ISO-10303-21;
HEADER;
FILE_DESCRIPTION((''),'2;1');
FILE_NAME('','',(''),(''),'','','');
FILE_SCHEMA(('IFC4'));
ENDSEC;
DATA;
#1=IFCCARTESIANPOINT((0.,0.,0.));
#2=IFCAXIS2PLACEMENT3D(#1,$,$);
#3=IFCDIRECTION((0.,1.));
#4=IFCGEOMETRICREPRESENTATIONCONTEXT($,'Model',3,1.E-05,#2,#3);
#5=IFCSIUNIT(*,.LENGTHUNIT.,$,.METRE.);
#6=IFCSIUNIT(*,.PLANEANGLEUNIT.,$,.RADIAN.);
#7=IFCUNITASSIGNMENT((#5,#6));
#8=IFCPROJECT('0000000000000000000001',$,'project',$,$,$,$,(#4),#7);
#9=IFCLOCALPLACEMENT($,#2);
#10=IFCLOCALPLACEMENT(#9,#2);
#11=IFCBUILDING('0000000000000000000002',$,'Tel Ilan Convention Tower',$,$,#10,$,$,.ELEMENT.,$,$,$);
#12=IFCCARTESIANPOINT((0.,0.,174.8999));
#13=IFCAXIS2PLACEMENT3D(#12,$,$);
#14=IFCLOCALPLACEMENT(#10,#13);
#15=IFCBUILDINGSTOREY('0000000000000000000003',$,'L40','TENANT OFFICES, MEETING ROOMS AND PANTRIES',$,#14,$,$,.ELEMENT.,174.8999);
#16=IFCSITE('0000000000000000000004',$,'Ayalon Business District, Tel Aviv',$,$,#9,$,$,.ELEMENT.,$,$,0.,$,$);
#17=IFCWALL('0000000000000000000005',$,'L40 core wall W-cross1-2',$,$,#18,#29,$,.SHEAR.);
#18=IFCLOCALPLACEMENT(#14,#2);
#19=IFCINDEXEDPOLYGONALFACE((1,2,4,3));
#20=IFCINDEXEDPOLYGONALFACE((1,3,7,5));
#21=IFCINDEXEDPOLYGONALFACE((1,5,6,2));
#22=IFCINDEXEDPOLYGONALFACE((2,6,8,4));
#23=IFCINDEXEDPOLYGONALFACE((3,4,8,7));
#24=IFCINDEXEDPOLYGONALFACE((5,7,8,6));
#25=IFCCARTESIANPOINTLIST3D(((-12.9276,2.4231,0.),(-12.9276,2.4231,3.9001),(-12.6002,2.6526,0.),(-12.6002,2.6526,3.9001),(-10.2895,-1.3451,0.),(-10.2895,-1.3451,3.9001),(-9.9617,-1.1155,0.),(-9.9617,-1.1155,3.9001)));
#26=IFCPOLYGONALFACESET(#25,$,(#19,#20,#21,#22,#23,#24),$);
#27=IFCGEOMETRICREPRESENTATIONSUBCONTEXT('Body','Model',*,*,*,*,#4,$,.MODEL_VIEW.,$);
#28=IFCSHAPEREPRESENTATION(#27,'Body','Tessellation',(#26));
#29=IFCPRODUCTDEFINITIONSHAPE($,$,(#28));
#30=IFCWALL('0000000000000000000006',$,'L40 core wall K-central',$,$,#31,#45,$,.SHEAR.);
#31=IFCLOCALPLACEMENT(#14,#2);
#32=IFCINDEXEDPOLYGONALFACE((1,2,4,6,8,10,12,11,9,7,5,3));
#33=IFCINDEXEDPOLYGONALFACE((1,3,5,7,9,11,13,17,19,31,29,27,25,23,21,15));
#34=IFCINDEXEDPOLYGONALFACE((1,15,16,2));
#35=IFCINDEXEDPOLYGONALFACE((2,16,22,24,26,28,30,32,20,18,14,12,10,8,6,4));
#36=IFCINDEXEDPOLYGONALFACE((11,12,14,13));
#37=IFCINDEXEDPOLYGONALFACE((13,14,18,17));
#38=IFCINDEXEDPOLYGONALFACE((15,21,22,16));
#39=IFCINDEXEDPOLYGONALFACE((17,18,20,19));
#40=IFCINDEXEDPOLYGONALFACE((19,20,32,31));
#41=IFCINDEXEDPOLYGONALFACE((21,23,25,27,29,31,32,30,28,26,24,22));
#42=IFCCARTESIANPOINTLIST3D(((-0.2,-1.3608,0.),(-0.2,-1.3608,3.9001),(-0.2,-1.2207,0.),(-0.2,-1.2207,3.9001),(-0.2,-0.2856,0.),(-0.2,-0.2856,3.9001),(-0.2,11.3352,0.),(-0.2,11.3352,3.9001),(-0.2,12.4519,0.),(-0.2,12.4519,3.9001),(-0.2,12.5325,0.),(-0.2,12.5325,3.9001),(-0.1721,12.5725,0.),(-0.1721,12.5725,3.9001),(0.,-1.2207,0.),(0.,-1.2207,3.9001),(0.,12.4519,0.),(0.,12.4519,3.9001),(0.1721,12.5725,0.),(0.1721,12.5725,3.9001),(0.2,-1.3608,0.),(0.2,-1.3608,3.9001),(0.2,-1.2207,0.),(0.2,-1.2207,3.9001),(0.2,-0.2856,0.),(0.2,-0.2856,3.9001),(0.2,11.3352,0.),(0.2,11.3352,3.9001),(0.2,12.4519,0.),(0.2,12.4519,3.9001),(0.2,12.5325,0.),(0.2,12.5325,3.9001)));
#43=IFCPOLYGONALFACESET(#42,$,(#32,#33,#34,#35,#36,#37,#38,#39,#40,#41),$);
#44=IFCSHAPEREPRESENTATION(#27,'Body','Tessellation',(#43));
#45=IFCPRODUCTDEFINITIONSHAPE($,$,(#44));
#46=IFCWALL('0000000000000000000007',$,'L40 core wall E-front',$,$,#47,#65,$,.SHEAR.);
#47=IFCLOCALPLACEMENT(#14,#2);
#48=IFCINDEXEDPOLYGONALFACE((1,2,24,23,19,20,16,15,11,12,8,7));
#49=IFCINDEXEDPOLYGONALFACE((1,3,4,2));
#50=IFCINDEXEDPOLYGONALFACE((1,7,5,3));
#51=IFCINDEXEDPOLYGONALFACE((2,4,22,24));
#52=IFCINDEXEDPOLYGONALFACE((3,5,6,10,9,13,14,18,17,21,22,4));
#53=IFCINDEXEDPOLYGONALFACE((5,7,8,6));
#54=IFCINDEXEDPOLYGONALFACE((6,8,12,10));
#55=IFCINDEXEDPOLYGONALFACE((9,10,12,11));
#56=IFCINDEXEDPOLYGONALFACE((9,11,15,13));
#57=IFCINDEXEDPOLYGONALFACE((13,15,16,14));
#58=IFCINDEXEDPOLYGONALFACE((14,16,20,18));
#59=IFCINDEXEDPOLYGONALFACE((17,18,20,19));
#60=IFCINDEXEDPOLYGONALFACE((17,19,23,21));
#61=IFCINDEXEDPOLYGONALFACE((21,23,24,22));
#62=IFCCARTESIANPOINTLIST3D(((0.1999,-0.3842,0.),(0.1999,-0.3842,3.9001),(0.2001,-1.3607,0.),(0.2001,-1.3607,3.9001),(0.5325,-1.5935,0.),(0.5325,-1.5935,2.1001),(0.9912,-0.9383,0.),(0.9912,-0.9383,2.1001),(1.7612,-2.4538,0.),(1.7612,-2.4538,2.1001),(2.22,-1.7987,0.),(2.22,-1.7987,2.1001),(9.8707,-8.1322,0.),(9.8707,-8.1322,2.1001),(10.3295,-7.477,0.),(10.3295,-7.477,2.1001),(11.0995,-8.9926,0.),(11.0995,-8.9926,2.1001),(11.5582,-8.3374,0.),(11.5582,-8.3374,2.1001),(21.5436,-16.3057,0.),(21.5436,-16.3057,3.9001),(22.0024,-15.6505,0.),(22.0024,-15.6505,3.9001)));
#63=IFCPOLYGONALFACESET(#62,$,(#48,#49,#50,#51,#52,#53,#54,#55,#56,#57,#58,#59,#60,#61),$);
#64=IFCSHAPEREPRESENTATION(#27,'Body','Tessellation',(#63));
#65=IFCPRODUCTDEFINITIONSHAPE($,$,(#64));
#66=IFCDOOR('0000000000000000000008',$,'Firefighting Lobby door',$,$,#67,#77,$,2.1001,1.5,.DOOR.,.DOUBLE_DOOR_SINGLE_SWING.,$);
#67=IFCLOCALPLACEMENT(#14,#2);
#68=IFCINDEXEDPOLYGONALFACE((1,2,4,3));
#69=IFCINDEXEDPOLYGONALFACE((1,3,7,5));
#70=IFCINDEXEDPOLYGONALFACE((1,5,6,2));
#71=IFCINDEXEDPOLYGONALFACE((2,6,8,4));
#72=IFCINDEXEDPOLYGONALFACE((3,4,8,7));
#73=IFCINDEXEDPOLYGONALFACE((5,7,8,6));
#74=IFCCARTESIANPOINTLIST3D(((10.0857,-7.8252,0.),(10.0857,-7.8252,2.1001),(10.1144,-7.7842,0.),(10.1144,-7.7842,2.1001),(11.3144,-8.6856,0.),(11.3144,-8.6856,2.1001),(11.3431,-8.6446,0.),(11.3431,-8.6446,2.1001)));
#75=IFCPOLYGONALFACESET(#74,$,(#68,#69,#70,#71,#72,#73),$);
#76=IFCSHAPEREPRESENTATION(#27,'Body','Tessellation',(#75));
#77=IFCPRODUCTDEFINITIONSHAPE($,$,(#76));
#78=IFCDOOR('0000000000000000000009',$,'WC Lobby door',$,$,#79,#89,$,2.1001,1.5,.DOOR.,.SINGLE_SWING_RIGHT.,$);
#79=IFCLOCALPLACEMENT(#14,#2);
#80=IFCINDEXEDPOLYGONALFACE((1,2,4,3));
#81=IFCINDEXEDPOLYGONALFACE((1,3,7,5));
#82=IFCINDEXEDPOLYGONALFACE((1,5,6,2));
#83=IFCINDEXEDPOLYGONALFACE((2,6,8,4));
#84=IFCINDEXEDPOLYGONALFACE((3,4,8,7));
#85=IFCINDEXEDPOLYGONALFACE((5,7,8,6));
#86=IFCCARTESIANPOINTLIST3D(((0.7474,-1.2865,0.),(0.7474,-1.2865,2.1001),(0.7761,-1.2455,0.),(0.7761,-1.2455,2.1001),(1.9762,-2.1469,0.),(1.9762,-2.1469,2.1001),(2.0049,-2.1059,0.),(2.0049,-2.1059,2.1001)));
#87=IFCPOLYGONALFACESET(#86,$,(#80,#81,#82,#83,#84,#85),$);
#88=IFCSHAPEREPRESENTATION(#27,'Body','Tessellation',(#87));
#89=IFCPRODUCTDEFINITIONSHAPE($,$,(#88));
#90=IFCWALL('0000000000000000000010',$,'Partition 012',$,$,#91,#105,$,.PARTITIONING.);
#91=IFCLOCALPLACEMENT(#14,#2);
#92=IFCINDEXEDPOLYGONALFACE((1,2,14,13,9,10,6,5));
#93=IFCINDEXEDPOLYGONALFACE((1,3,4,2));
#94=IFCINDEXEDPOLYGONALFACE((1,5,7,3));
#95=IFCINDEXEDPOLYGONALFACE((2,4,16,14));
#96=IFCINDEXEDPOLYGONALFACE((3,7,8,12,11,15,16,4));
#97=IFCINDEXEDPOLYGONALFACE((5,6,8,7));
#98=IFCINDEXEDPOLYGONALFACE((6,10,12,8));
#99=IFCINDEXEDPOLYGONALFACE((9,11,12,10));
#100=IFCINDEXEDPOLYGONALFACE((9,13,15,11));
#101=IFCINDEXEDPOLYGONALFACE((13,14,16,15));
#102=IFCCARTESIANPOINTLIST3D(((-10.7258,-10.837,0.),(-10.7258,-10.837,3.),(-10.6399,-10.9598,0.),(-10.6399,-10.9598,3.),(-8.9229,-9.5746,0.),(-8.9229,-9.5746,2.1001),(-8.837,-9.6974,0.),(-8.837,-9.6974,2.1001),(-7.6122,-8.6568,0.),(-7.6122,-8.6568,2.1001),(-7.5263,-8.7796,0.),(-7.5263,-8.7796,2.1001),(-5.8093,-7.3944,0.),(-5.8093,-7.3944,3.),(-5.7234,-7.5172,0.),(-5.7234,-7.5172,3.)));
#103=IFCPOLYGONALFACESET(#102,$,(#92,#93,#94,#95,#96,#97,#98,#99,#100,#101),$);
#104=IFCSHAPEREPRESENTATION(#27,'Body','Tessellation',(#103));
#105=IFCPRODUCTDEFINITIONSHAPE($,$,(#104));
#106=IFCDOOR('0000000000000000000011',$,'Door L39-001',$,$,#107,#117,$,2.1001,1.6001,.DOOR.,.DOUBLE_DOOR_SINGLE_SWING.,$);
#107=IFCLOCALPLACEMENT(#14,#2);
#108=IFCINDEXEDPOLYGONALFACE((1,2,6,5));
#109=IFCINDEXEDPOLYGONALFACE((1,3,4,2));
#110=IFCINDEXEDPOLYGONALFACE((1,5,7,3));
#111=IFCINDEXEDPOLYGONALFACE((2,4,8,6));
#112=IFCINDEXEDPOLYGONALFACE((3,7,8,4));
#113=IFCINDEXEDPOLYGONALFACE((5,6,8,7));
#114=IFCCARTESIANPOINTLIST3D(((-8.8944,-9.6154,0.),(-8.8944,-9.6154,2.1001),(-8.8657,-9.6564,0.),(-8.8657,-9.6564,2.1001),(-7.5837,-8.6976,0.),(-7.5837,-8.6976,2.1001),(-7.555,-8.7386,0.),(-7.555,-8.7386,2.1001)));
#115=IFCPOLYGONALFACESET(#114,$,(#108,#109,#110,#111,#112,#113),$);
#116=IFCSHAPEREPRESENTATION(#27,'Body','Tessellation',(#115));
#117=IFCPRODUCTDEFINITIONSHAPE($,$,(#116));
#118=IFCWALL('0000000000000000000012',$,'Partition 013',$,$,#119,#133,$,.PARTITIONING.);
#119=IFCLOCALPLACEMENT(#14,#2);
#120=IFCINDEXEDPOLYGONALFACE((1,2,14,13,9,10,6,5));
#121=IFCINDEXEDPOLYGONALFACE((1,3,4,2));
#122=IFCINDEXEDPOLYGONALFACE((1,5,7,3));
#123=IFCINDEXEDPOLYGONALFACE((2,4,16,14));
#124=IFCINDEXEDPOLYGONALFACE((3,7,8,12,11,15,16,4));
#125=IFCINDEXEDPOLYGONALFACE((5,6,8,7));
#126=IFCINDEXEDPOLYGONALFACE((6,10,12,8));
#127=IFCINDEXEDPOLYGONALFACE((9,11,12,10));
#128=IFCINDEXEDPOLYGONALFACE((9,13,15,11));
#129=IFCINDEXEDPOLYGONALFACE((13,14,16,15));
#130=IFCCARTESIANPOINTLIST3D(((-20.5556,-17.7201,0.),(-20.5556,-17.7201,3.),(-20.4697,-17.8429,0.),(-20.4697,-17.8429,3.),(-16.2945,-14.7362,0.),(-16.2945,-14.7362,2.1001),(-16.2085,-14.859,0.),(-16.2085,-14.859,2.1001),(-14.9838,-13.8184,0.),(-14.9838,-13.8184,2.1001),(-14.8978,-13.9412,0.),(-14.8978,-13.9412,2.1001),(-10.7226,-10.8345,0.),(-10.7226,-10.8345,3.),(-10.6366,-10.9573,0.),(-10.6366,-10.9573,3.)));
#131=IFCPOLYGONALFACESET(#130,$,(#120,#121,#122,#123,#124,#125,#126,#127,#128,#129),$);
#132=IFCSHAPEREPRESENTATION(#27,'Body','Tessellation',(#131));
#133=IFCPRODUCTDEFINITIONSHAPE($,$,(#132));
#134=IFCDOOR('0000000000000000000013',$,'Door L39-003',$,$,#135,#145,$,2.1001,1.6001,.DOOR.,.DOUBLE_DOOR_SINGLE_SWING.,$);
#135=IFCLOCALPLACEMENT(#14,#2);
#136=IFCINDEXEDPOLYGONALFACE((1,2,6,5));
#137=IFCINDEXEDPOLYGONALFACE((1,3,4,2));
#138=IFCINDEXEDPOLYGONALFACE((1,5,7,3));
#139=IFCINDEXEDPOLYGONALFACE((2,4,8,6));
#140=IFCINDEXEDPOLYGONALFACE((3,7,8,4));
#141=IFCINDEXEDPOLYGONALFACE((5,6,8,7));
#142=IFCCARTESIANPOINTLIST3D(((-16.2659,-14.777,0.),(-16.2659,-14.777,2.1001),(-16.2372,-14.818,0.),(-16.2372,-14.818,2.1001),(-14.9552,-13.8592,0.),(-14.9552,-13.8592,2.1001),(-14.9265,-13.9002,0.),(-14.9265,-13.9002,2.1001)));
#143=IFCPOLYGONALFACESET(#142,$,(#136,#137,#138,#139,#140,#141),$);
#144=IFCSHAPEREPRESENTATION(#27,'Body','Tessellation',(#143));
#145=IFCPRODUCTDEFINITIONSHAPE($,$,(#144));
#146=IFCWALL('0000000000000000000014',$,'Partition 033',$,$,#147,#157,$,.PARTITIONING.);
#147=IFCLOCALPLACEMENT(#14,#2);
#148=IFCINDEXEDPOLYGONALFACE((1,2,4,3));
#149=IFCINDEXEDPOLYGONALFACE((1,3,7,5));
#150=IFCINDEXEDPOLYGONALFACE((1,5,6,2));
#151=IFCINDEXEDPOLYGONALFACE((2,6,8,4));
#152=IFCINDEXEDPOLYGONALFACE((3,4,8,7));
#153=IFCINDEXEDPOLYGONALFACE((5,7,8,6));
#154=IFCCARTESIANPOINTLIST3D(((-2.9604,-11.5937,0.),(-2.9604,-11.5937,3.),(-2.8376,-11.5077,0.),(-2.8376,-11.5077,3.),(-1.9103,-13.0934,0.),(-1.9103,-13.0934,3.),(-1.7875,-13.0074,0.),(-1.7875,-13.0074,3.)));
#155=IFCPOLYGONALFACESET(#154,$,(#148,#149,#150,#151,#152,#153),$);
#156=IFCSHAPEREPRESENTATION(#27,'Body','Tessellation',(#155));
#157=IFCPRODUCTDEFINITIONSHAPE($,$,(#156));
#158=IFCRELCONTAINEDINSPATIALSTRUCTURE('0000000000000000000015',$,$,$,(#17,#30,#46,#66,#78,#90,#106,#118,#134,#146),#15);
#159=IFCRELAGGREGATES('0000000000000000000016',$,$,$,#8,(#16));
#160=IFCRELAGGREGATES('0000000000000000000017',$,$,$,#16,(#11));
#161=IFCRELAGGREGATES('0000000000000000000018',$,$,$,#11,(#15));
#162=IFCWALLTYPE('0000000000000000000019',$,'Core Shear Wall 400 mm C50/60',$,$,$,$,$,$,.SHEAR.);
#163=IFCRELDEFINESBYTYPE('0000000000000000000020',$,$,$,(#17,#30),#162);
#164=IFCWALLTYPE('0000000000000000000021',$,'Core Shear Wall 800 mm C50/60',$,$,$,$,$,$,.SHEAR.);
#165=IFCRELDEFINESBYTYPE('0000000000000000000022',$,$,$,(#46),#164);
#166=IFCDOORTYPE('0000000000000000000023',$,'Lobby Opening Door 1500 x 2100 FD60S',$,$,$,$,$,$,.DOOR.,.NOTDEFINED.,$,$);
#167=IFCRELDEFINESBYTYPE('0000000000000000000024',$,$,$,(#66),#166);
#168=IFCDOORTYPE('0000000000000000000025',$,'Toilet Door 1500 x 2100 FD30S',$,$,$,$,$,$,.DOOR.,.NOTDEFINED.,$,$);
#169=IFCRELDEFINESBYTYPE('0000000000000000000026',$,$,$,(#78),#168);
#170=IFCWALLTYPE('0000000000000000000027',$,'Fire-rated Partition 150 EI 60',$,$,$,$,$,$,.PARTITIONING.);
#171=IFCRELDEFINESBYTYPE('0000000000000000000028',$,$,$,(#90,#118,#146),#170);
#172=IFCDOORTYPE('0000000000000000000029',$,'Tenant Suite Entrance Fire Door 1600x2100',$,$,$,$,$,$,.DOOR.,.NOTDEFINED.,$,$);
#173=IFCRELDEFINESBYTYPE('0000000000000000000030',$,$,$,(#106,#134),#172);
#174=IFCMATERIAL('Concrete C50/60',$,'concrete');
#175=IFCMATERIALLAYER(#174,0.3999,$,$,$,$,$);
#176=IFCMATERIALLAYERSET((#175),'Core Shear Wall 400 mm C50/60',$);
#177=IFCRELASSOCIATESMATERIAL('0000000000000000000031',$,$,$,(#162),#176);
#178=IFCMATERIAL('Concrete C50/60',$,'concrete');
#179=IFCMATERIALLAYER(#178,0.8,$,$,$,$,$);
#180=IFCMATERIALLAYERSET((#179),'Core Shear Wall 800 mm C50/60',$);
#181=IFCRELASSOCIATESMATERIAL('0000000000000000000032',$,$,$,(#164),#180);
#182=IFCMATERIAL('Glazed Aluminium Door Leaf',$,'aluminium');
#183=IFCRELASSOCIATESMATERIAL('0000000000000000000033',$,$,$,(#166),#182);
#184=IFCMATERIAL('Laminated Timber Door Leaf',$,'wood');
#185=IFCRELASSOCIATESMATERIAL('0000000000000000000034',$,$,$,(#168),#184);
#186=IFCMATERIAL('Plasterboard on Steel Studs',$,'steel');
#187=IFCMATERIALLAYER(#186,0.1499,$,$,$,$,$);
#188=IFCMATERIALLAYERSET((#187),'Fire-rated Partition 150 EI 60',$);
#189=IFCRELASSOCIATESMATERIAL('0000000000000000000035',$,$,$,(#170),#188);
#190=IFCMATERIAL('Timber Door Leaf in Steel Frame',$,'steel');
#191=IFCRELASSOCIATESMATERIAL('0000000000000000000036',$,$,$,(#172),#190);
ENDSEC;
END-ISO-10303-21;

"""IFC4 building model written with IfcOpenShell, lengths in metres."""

from ifc_helpers import new_model, si_unit, direction, frame, frame_2d, origin, place, context, subcontext, project, spatial, polyline, rectangle, outline, extrude, material, layer, layer_set, type_object, element, fill, save


model = new_model("IFC4")

# Units and contexts
model_context = context("Model", 3, precision=1e-05, world=origin(), true_north=direction((0.0, 1.0)))
body_context = subcontext(model_context, "Body", "Model", "MODEL_VIEW")
ifc_project = project(units=[si_unit("LENGTHUNIT", "METRE"), si_unit("PLANEANGLEUNIT", "RADIAN")], contexts=[model_context])

# Site, building, storey
site_placement = place(None, origin())
site = spatial("IfcSite", under=ifc_project, at=site_placement, Name="Ayalon Business District, Tel Aviv", CompositionType="ELEMENT", RefElevation=0.0)
building_placement = place(site_placement, origin())
building = spatial("IfcBuilding", under=site, at=building_placement, Name="Tel Ilan Convention Tower", CompositionType="ELEMENT")
storey_placement = place(building_placement, frame((0.0, 0.0, 174.8999)))
storey = spatial("IfcBuildingStorey", under=building, at=storey_placement, Name="L40", Description="TENANT OFFICES, MEETING ROOMS AND PANTRIES", CompositionType="ELEMENT", Elevation=174.8999)

# Walls
ifc_material_1 = material(Name="Concrete C50/60", Category="concrete")
ifc_layer_1 = layer(ifc_material_1, 0.3999)
ifc_layer_set_1 = layer_set([ifc_layer_1], Name="Core Shear Wall 400 mm C50/60")
wall_type_1 = type_object("IfcWallType", Name="Core Shear Wall 400 mm C50/60", PredefinedType="SHEAR", material=ifc_layer_set_1)
wall_1_placement = place(storey_placement, frame((-10.1255, -1.2302, 0.0), z_axis=(0.0, 0.0, 1.0), x_axis=(-0.573576, 0.819152, 0.0)))
element("IfcWall", 1, at=wall_1_placement, inside=storey, type_object=wall_type_1, Name="L40 core wall W-cross1-2", PredefinedType="SHEAR", context=body_context, shape_type="SweptSolid", body=[
    extrude(outline(polyline([(4.6001, -0.2), (4.5999, 0.2), (0.0, 0.2002), (0.0, -0.2), (4.6001, -0.2)])), origin(), (0.0, 0.0, 1.0), 3.9001),
])
wall_2_placement = place(storey_placement, frame((0.0, -1.3608, 0.0), z_axis=(0.0, 0.0, 1.0), x_axis=(0.0, 1.0, 0.0)))
element("IfcWall", 2, at=wall_2_placement, inside=storey, type_object=wall_type_1, Name="L40 core wall K-central", PredefinedType="SHEAR", context=body_context, shape_type="SweptSolid", body=[
    extrude(outline(polyline([(0.0, -0.2), (0.1401, -0.2), (1.0752, -0.2), (12.696, -0.2), (13.8127, -0.2), (13.8933, -0.2), (13.9333, -0.1721), (13.8127, 0.0), (13.9333, 0.1721), (13.8933, 0.2), (13.8127, 0.2), (12.696, 0.2), (1.0752, 0.2), (0.1401, 0.2), (0.0, 0.2), (0.1401, 0.0), (0.0, -0.2)])), origin(), (0.0, 0.0, 1.0), 3.9001),
])

# Wall, openings, doors
ifc_material_2 = material(Name="Concrete C50/60", Category="concrete")
ifc_layer_2 = layer(ifc_material_2, 0.8)
ifc_layer_set_2 = layer_set([ifc_layer_2], Name="Core Shear Wall 800 mm C50/60")
wall_type_2 = type_object("IfcWallType", Name="Core Shear Wall 800 mm C50/60", PredefinedType="SHEAR", material=ifc_layer_set_2)
wall_3_placement = place(storey_placement, frame((-0.0293, -0.7119, 0.0), z_axis=(0.0, 0.0, 1.0), x_axis=(0.819152, -0.573577, 0.0)))
wall_3 = element("IfcWall", 3, at=wall_3_placement, inside=storey, type_object=wall_type_2, Name="L40 core wall E-front", PredefinedType="SHEAR", context=body_context, shape_type="SweptSolid", body=[
    extrude(outline(polyline([(26.6157, 0.3999), (-0.0002, 0.3999), (0.5601, -0.3999), (26.6157, -0.3999), (26.6157, 0.3999)])), origin(), (0.0, 0.0, 1.0), 3.9001),
])
opening_1_placement = place(wall_3_placement, frame((0.9658, 0.0, 0.0)))
opening_1 = element("IfcOpeningElement", 4, at=opening_1_placement, cuts=wall_3, PredefinedType="OPENING", context=body_context, shape_type="SweptSolid", body=[
    extrude(rectangle(XDim=1.5, YDim=2.1001, at=frame_2d((0.75, 1.05))), frame((0.0, 0.4099, 0.0), z_axis=(0.0, -1.0, 0.0), x_axis=(1.0, 0.0, 0.0)), (0.0, 0.0, 1.0), 0.8201),
])
opening_2_placement = place(wall_3_placement, frame((12.3657, 0.0, 0.0)))
opening_2 = element("IfcOpeningElement", 5, at=opening_2_placement, cuts=wall_3, PredefinedType="OPENING", context=body_context, shape_type="SweptSolid", body=[
    extrude(rectangle(XDim=1.5, YDim=2.1001, at=frame_2d((0.75, 1.05))), frame((0.0, 0.4099, 0.0), z_axis=(0.0, -1.0, 0.0), x_axis=(1.0, 0.0, 0.0)), (0.0, 0.0, 1.0), 0.8201),
])
ifc_material_3 = material(Name="Glazed Aluminium Door Leaf", Category="aluminium")
door_type_1 = type_object("IfcDoorType", Name="Lobby Opening Door 1500 x 2100 FD60S", OperationType="NOTDEFINED", PredefinedType="DOOR", material=ifc_material_3)
door_1_placement = place(opening_2_placement, origin())
door_1 = element("IfcDoor", 6, at=door_1_placement, inside=storey, type_object=door_type_1, Name="Firefighting Lobby door", OperationType="DOUBLE_DOOR_SINGLE_SWING", OverallHeight=2.1001, OverallWidth=1.5, PredefinedType="DOOR", context=body_context, shape_type="SweptSolid", body=[
    extrude(rectangle(XDim=1.5, YDim=2.1001, at=frame_2d((0.75, 1.05))), frame((0.0, 0.0249, 0.0), z_axis=(0.0, -1.0, 0.0), x_axis=(1.0, 0.0, 0.0)), (0.0, 0.0, 1.0), 0.05),
])
fill(opening_2, door_1)
ifc_material_4 = material(Name="Laminated Timber Door Leaf", Category="wood")
door_type_2 = type_object("IfcDoorType", Name="Toilet Door 1500 x 2100 FD30S", OperationType="NOTDEFINED", PredefinedType="DOOR", material=ifc_material_4)
door_2_placement = place(opening_1_placement, origin())
door_2 = element("IfcDoor", 7, at=door_2_placement, inside=storey, type_object=door_type_2, Name="WC Lobby door", OperationType="SINGLE_SWING_RIGHT", OverallHeight=2.1001, OverallWidth=1.5, PredefinedType="DOOR", context=body_context, shape_type="SweptSolid", body=[
    extrude(rectangle(XDim=1.5, YDim=2.1001, at=frame_2d((0.75, 1.05))), frame((0.0, 0.0249, 0.0), z_axis=(0.0, -1.0, 0.0), x_axis=(1.0, 0.0, 0.0)), (0.0, 0.0, 1.0), 0.05),
])
fill(opening_1, door_2)

# Walls, openings, doors
ifc_material_5 = material(Name="Plasterboard on Steel Studs", Category="steel")
ifc_layer_3 = layer(ifc_material_5, 0.1499)
ifc_layer_set_3 = layer_set([ifc_layer_3], Name="Fire-rated Partition 150 EI 60")
wall_type_3 = type_object("IfcWallType", Name="Fire-rated Partition 150 EI 60", PredefinedType="PARTITIONING", material=ifc_layer_set_3)
wall_4_placement = place(storey_placement, frame((-5.7664, -7.4558, 0.0), z_axis=(0.0, 0.0, 1.0), x_axis=(-0.819148, -0.573582, 0.0)))
wall_4 = element("IfcWall", 8, at=wall_4_placement, inside=storey, type_object=wall_type_3, Name="Partition 012", PredefinedType="PARTITIONING", context=body_context, shape_type="SweptSolid", body=[
    extrude(rectangle(XDim=6.002, YDim=0.1499, at=frame_2d((3.001, 0.0))), origin(), (0.0, 0.0, 1.0), 3.0),
])
opening_3_placement = place(wall_4_placement, frame((2.2009, 0.0, 0.0)))
opening_3 = element("IfcOpeningElement", 9, at=opening_3_placement, cuts=wall_4, PredefinedType="OPENING", context=body_context, shape_type="SweptSolid", body=[
    extrude(rectangle(XDim=1.6001, YDim=2.1001, at=frame_2d((0.8, 1.05))), frame((0.0, 0.085, 0.0), z_axis=(0.0, -1.0, 0.0), x_axis=(1.0, 0.0, 0.0)), (0.0, 0.0, 1.0), 0.1699),
])
ifc_material_6 = material(Name="Timber Door Leaf in Steel Frame", Category="steel")
door_type_3 = type_object("IfcDoorType", Name="Tenant Suite Entrance Fire Door 1600x2100", OperationType="NOTDEFINED", PredefinedType="DOOR", material=ifc_material_6)
door_3_placement = place(opening_3_placement, origin())
door_3 = element("IfcDoor", 10, at=door_3_placement, inside=storey, type_object=door_type_3, Name="Door L39-001", OperationType="DOUBLE_DOOR_SINGLE_SWING", OverallHeight=2.1001, OverallWidth=1.6001, PredefinedType="DOOR", context=body_context, shape_type="SweptSolid", body=[
    extrude(rectangle(XDim=1.6001, YDim=2.1001, at=frame_2d((0.8, 1.05))), frame((0.0, 0.0249, 0.0), z_axis=(0.0, -1.0, 0.0), x_axis=(1.0, 0.0, 0.0)), (0.0, 0.0, 1.0), 0.05),
])
fill(opening_3, door_3)
wall_5_placement = place(storey_placement, frame((-10.6797, -10.896, 0.0), z_axis=(0.0, 0.0, 1.0), x_axis=(-0.819138, -0.573596, 0.0)))
wall_5 = element("IfcWall", 11, at=wall_5_placement, inside=storey, type_object=wall_type_3, Name="Partition 013", PredefinedType="PARTITIONING", context=body_context, shape_type="SweptSolid", body=[
    extrude(rectangle(XDim=12.0042, YDim=0.1499, at=frame_2d((6.002, 0.0))), origin(), (0.0, 0.0, 1.0), 3.0),
])
opening_4_placement = place(wall_5_placement, frame((5.2019, 0.0, 0.0)))
opening_4 = element("IfcOpeningElement", 12, at=opening_4_placement, cuts=wall_5, PredefinedType="OPENING", context=body_context, shape_type="SweptSolid", body=[
    extrude(rectangle(XDim=1.6001, YDim=2.1001, at=frame_2d((0.8, 1.05))), frame((0.0, 0.085, 0.0), z_axis=(0.0, -1.0, 0.0), x_axis=(1.0, 0.0, 0.0)), (0.0, 0.0, 1.0), 0.1699),
])
door_4_placement = place(opening_4_placement, origin())
door_4 = element("IfcDoor", 13, at=door_4_placement, inside=storey, type_object=door_type_3, Name="Door L39-003", OperationType="DOUBLE_DOOR_SINGLE_SWING", OverallHeight=2.1001, OverallWidth=1.6001, PredefinedType="DOOR", context=body_context, shape_type="SweptSolid", body=[
    extrude(rectangle(XDim=1.6001, YDim=2.1001, at=frame_2d((0.8, 1.05))), frame((0.0, 0.0249, 0.0), z_axis=(0.0, -1.0, 0.0), x_axis=(1.0, 0.0, 0.0)), (0.0, 0.0, 1.0), 0.05),
])
fill(opening_4, door_4)

# Wall
wall_6_placement = place(storey_placement, frame((-1.8489, -13.0505, 0.0), z_axis=(0.0, 0.0, 1.0), x_axis=(-0.573543, 0.819176, 0.0)))
element("IfcWall", 14, at=wall_6_placement, inside=storey, type_object=wall_type_3, Name="Partition 033", PredefinedType="PARTITIONING", context=body_context, shape_type="SweptSolid", body=[
    extrude(rectangle(XDim=1.8308, YDim=0.1499, at=frame_2d((0.9155, 0.0))), origin(), (0.0, 0.0, 1.0), 3.0),
])

save(model, "model.ifc")
